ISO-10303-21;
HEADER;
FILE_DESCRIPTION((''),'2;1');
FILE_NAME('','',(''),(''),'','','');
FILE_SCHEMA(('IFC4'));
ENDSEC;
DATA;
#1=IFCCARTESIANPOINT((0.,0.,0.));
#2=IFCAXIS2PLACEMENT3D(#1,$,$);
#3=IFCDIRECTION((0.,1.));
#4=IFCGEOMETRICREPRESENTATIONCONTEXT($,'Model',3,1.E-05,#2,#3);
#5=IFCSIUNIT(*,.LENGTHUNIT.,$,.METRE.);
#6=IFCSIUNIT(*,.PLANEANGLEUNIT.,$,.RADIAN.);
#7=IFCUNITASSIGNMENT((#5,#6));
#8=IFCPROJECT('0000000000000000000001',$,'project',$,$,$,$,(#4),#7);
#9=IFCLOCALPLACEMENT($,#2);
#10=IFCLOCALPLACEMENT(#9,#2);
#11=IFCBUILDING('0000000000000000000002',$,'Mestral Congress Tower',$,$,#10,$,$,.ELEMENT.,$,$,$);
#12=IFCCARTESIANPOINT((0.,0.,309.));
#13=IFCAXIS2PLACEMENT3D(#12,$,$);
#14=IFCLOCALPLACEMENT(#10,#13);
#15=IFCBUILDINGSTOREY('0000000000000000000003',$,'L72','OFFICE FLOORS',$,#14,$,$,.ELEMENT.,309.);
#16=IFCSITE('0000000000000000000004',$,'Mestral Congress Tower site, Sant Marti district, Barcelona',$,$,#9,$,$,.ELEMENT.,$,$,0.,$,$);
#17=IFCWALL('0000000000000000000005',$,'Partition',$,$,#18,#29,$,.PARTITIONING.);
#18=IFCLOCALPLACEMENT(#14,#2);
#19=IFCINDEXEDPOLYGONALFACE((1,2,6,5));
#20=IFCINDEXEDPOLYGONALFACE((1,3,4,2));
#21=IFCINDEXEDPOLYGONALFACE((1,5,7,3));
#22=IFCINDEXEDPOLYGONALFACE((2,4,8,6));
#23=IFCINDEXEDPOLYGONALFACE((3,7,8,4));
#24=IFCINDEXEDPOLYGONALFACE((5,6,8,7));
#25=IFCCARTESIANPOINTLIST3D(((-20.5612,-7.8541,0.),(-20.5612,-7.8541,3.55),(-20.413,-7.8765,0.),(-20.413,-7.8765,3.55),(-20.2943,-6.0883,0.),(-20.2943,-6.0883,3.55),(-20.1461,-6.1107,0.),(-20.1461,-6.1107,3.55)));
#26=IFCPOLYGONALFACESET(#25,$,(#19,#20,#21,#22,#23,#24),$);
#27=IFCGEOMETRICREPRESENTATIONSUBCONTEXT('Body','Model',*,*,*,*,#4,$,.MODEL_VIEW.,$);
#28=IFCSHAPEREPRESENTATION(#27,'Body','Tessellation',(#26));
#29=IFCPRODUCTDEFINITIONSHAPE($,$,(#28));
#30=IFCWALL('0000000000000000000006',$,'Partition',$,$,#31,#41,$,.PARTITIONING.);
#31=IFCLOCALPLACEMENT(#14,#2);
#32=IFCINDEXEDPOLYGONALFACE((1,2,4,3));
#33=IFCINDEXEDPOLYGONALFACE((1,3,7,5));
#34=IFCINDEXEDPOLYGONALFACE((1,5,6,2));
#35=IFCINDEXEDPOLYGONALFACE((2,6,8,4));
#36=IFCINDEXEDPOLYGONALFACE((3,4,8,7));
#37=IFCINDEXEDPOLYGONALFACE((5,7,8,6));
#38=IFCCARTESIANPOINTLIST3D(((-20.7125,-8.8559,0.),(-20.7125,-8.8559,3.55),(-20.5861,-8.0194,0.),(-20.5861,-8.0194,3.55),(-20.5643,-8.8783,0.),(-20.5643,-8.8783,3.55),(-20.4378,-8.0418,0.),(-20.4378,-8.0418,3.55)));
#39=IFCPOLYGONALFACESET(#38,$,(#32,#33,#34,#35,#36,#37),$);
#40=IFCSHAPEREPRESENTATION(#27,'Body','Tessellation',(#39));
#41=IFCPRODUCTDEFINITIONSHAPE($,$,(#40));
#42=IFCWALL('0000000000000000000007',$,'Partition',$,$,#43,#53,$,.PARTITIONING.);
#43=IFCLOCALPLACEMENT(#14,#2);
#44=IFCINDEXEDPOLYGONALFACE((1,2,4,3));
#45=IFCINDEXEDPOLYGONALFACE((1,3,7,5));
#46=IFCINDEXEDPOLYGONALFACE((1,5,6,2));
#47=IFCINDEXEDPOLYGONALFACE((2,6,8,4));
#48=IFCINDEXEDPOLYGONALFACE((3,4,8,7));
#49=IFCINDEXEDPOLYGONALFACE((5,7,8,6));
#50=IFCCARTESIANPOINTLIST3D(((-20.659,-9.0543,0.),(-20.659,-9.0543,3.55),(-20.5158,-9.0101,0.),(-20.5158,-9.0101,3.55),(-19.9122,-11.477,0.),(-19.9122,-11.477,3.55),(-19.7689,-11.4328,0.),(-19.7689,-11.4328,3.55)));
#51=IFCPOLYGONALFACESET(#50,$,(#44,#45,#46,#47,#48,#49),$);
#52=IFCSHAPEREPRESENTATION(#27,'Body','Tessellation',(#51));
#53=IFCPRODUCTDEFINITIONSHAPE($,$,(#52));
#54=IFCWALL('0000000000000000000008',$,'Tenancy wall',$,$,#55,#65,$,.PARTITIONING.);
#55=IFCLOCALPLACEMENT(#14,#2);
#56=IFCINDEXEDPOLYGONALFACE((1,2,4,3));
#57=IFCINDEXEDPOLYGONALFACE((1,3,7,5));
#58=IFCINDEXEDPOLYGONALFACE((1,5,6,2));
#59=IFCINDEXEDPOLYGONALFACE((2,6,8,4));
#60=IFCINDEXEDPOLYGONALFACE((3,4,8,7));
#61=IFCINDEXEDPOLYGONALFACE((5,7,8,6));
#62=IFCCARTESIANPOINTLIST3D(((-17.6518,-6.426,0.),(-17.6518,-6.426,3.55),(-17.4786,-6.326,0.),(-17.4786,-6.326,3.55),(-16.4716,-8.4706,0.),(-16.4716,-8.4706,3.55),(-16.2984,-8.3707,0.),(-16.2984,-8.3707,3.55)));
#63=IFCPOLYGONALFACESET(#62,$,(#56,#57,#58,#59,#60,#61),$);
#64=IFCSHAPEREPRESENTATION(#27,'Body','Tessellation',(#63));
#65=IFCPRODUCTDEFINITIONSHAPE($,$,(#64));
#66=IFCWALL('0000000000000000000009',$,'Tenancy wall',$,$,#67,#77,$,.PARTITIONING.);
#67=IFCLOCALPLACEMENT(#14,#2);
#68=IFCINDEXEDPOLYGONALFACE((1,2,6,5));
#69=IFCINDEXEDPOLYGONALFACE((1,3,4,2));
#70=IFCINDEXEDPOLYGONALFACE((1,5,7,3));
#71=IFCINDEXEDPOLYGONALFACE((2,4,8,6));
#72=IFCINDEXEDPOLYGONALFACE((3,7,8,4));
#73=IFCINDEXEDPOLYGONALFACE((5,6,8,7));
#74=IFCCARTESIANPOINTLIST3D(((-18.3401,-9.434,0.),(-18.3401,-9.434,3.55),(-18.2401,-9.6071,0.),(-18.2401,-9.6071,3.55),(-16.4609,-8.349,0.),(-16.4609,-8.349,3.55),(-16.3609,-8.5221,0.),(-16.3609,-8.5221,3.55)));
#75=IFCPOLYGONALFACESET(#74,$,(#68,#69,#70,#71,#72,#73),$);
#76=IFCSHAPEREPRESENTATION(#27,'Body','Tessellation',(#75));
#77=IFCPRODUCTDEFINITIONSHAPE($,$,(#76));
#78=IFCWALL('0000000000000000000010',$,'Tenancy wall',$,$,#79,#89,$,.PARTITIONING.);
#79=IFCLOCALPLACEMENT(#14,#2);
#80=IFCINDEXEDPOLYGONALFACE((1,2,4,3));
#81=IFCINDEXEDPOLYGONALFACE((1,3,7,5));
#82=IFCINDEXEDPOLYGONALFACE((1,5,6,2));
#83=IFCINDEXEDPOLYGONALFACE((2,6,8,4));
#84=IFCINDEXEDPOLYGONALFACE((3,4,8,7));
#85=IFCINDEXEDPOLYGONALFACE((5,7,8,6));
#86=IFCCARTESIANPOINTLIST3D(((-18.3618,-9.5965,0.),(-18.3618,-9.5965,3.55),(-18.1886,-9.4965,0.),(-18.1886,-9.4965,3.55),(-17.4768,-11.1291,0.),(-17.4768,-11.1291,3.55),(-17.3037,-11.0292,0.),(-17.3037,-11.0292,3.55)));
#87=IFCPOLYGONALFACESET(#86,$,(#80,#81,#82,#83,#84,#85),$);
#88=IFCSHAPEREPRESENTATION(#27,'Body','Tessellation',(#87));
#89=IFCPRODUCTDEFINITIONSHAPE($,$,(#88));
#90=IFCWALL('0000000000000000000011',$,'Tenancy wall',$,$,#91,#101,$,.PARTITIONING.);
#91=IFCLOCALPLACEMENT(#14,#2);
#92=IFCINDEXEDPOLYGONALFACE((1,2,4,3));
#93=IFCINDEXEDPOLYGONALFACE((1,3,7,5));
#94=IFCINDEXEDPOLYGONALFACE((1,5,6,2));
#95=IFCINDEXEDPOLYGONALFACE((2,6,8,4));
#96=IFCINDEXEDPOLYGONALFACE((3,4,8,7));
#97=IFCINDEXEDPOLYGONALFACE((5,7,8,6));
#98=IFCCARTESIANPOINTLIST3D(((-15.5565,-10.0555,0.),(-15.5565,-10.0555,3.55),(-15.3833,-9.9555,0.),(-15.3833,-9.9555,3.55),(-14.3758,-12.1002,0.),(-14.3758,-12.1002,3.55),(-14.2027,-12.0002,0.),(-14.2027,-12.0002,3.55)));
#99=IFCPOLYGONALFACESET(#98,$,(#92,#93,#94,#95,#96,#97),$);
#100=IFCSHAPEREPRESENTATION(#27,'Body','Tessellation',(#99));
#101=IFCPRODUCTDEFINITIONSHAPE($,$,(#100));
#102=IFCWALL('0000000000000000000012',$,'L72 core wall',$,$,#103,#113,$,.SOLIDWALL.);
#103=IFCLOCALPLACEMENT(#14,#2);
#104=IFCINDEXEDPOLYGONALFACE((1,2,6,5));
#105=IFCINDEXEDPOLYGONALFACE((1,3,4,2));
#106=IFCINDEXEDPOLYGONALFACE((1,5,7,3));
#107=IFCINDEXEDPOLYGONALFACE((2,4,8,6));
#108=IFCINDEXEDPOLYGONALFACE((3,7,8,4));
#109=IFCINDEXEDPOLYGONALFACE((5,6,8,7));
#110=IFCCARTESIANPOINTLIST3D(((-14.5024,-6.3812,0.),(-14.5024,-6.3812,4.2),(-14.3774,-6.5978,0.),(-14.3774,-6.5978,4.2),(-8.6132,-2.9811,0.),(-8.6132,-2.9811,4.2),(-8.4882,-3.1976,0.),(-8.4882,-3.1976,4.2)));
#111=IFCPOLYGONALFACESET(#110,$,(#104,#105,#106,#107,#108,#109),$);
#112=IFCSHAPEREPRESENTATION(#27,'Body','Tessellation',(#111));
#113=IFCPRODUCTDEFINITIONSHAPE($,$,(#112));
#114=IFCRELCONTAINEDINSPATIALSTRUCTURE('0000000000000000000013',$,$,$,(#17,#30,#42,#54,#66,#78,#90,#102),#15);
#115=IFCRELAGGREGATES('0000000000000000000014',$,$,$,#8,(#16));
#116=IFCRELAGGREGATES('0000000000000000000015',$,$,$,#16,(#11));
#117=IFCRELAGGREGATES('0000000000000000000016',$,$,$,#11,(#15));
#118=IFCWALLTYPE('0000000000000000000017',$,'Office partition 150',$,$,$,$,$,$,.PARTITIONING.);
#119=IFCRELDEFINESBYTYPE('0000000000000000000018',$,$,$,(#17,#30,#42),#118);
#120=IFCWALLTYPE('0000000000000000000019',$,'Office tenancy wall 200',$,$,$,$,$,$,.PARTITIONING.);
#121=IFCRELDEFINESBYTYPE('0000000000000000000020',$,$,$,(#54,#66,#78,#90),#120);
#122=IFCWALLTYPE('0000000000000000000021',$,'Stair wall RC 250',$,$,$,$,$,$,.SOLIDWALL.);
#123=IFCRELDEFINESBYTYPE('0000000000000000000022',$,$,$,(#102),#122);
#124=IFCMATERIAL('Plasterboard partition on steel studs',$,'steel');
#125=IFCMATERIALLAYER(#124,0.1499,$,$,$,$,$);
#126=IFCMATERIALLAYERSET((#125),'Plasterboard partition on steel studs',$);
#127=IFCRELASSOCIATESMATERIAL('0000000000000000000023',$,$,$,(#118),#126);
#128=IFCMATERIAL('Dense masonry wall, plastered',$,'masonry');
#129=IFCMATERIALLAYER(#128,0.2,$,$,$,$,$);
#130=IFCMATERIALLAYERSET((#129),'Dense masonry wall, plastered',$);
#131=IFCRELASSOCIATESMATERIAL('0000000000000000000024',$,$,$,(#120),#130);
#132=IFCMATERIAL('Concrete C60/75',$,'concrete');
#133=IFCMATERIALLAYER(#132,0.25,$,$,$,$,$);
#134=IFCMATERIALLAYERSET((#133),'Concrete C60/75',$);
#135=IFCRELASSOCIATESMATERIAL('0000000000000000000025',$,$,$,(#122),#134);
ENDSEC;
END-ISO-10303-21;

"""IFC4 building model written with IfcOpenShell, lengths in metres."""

from ifc_helpers import new_model, si_unit, direction, frame, frame_2d, origin, place, context, subcontext, project, spatial, rectangle, extrude, material, layer, layer_set, type_object, element, save


model = new_model("IFC4")

# Units and contexts
model_context = context("Model", 3, precision=1e-05, world=origin(), true_north=direction((0.0, 1.0)))
body_context = subcontext(model_context, "Body", "Model", "MODEL_VIEW")
ifc_project = project(units=[si_unit("LENGTHUNIT", "METRE"), si_unit("PLANEANGLEUNIT", "RADIAN")], contexts=[model_context])

# Site, building, storey
site_placement = place(None, origin())
site = spatial("IfcSite", under=ifc_project, at=site_placement, Name="Mestral Congress Tower site, Sant Marti district, Barcelona", CompositionType="ELEMENT", RefElevation=0.0)
building_placement = place(site_placement, origin())
building = spatial("IfcBuilding", under=site, at=building_placement, Name="Mestral Congress Tower", CompositionType="ELEMENT")
storey_placement = place(building_placement, frame((0.0, 0.0, 309.0)))
storey = spatial("IfcBuildingStorey", under=building, at=storey_placement, Name="L72", Description="OFFICE FLOORS", CompositionType="ELEMENT", Elevation=309.0)

# Shared definitions
ifc_material_1 = material(Name="Concrete C60/75", Category="concrete")

# Shared definitions
ifc_material_2 = material(Name="Plasterboard partition on steel studs", Category="steel")
ifc_layer_1 = layer(ifc_material_2, 0.1499)
ifc_layer_set_1 = layer_set([ifc_layer_1], Name="Plasterboard partition on steel studs")
wall_type_1 = type_object("IfcWallType", Name="Office partition 150", PredefinedType="PARTITIONING", material=ifc_layer_set_1)

# Walls
wall_1_placement = place(storey_placement, frame((-20.2202, -6.0994, 0.0), z_axis=(0.0, 0.0, 1.0), x_axis=(-0.149417, -0.988774, 0.0)))
element("IfcWall", 1, at=wall_1_placement, inside=storey, type_object=wall_type_1, Name="Partition", PredefinedType="PARTITIONING", context=body_context, shape_type="SweptSolid", body=[
    extrude(rectangle(XDim=1.7859, YDim=0.1499, at=frame_2d((0.8931, 0.0))), origin(), (0.0, 0.0, 1.0), 3.55),
])
wall_2_placement = place(storey_placement, frame((-20.512, -8.0308, 0.0), z_axis=(0.0, 0.0, 1.0), x_axis=(-0.149498, -0.988762, 0.0)))
element("IfcWall", 2, at=wall_2_placement, inside=storey, type_object=wall_type_1, Name="Partition", PredefinedType="PARTITIONING", context=body_context, shape_type="SweptSolid", body=[
    extrude(rectangle(XDim=0.8459, YDim=0.1499, at=frame_2d((0.4229, 0.0))), origin(), (0.0, 0.0, 1.0), 3.55),
])
wall_3_placement = place(storey_placement, frame((-20.5874, -9.0322, 0.0), z_axis=(0.0, 0.0, 1.0), x_axis=(0.294593, -0.955623, 0.0)))
element("IfcWall", 3, at=wall_3_placement, inside=storey, type_object=wall_type_1, Name="Partition", PredefinedType="PARTITIONING", context=body_context, shape_type="SweptSolid", body=[
    extrude(rectangle(XDim=2.5352, YDim=0.1499, at=frame_2d((1.2676, 0.0))), origin(), (0.0, 0.0, 1.0), 3.55),
])
ifc_material_3 = material(Name="Dense masonry wall, plastered", Category="masonry")
ifc_layer_2 = layer(ifc_material_3, 0.2)
ifc_layer_set_2 = layer_set([ifc_layer_2], Name="Dense masonry wall, plastered")
wall_type_2 = type_object("IfcWallType", Name="Office tenancy wall 200", PredefinedType="PARTITIONING", material=ifc_layer_set_2)
wall_4_placement = place(storey_placement, frame((-17.5652, -6.376, 0.0), z_axis=(0.0, 0.0, 1.0), x_axis=(0.499899, -0.866084, 0.0)))
element("IfcWall", 4, at=wall_4_placement, inside=storey, type_object=wall_type_2, Name="Tenancy wall", PredefinedType="PARTITIONING", context=body_context, shape_type="SweptSolid", body=[
    extrude(rectangle(XDim=2.3608, YDim=0.2, at=frame_2d((1.1804, 0.0))), origin(), (0.0, 0.0, 1.0), 3.55),
])
wall_5_placement = place(storey_placement, frame((-16.4109, -8.4355, 0.0), z_axis=(0.0, 0.0, 1.0), x_axis=(-0.866019, -0.500011, 0.0)))
element("IfcWall", 5, at=wall_5_placement, inside=storey, type_object=wall_type_2, Name="Tenancy wall", PredefinedType="PARTITIONING", context=body_context, shape_type="SweptSolid", body=[
    extrude(rectangle(XDim=2.1699, YDim=0.2, at=frame_2d((1.085, 0.0))), origin(), (0.0, 0.0, 1.0), 3.55),
])
wall_6_placement = place(storey_placement, frame((-18.2751, -9.5466, 0.0), z_axis=(0.0, 0.0, 1.0), x_axis=(0.500041, -0.866002, 0.0)))
element("IfcWall", 6, at=wall_6_placement, inside=storey, type_object=wall_type_2, Name="Tenancy wall", PredefinedType="PARTITIONING", context=body_context, shape_type="SweptSolid", body=[
    extrude(rectangle(XDim=1.7698, YDim=0.2, at=frame_2d((0.8848, 0.0))), origin(), (0.0, 0.0, 1.0), 3.55),
])
wall_7_placement = place(storey_placement, frame((-15.47, -10.0054, 0.0), z_axis=(0.0, 0.0, 1.0), x_axis=(0.500054, -0.865994, 0.0)))
element("IfcWall", 7, at=wall_7_placement, inside=storey, type_object=wall_type_2, Name="Tenancy wall", PredefinedType="PARTITIONING", context=body_context, shape_type="SweptSolid", body=[
    extrude(rectangle(XDim=2.3611, YDim=0.2, at=frame_2d((1.1807, 0.0))), origin(), (0.0, 0.0, 1.0), 3.55),
])
ifc_layer_3 = layer(ifc_material_1, 0.25)
ifc_layer_set_3 = layer_set([ifc_layer_3], Name="Concrete C60/75")
wall_type_3 = type_object("IfcWallType", Name="Stair wall RC 250", PredefinedType="SOLIDWALL", material=ifc_layer_set_3)
wall_8_placement = place(storey_placement, frame((-14.4399, -6.4895, 0.0), z_axis=(0.0, 0.0, 1.0), x_axis=(0.866023, 0.500004, 0.0)))
element("IfcWall", 8, at=wall_8_placement, inside=storey, type_object=wall_type_3, Name="L72 core wall", PredefinedType="SOLIDWALL", context=body_context, shape_type="SweptSolid", body=[
    extrude(rectangle(XDim=6.8003, YDim=0.25, at=frame_2d((3.4001, 0.0))), origin(), (0.0, 0.0, 1.0), 4.2),
])

save(model, "model.ifc")
